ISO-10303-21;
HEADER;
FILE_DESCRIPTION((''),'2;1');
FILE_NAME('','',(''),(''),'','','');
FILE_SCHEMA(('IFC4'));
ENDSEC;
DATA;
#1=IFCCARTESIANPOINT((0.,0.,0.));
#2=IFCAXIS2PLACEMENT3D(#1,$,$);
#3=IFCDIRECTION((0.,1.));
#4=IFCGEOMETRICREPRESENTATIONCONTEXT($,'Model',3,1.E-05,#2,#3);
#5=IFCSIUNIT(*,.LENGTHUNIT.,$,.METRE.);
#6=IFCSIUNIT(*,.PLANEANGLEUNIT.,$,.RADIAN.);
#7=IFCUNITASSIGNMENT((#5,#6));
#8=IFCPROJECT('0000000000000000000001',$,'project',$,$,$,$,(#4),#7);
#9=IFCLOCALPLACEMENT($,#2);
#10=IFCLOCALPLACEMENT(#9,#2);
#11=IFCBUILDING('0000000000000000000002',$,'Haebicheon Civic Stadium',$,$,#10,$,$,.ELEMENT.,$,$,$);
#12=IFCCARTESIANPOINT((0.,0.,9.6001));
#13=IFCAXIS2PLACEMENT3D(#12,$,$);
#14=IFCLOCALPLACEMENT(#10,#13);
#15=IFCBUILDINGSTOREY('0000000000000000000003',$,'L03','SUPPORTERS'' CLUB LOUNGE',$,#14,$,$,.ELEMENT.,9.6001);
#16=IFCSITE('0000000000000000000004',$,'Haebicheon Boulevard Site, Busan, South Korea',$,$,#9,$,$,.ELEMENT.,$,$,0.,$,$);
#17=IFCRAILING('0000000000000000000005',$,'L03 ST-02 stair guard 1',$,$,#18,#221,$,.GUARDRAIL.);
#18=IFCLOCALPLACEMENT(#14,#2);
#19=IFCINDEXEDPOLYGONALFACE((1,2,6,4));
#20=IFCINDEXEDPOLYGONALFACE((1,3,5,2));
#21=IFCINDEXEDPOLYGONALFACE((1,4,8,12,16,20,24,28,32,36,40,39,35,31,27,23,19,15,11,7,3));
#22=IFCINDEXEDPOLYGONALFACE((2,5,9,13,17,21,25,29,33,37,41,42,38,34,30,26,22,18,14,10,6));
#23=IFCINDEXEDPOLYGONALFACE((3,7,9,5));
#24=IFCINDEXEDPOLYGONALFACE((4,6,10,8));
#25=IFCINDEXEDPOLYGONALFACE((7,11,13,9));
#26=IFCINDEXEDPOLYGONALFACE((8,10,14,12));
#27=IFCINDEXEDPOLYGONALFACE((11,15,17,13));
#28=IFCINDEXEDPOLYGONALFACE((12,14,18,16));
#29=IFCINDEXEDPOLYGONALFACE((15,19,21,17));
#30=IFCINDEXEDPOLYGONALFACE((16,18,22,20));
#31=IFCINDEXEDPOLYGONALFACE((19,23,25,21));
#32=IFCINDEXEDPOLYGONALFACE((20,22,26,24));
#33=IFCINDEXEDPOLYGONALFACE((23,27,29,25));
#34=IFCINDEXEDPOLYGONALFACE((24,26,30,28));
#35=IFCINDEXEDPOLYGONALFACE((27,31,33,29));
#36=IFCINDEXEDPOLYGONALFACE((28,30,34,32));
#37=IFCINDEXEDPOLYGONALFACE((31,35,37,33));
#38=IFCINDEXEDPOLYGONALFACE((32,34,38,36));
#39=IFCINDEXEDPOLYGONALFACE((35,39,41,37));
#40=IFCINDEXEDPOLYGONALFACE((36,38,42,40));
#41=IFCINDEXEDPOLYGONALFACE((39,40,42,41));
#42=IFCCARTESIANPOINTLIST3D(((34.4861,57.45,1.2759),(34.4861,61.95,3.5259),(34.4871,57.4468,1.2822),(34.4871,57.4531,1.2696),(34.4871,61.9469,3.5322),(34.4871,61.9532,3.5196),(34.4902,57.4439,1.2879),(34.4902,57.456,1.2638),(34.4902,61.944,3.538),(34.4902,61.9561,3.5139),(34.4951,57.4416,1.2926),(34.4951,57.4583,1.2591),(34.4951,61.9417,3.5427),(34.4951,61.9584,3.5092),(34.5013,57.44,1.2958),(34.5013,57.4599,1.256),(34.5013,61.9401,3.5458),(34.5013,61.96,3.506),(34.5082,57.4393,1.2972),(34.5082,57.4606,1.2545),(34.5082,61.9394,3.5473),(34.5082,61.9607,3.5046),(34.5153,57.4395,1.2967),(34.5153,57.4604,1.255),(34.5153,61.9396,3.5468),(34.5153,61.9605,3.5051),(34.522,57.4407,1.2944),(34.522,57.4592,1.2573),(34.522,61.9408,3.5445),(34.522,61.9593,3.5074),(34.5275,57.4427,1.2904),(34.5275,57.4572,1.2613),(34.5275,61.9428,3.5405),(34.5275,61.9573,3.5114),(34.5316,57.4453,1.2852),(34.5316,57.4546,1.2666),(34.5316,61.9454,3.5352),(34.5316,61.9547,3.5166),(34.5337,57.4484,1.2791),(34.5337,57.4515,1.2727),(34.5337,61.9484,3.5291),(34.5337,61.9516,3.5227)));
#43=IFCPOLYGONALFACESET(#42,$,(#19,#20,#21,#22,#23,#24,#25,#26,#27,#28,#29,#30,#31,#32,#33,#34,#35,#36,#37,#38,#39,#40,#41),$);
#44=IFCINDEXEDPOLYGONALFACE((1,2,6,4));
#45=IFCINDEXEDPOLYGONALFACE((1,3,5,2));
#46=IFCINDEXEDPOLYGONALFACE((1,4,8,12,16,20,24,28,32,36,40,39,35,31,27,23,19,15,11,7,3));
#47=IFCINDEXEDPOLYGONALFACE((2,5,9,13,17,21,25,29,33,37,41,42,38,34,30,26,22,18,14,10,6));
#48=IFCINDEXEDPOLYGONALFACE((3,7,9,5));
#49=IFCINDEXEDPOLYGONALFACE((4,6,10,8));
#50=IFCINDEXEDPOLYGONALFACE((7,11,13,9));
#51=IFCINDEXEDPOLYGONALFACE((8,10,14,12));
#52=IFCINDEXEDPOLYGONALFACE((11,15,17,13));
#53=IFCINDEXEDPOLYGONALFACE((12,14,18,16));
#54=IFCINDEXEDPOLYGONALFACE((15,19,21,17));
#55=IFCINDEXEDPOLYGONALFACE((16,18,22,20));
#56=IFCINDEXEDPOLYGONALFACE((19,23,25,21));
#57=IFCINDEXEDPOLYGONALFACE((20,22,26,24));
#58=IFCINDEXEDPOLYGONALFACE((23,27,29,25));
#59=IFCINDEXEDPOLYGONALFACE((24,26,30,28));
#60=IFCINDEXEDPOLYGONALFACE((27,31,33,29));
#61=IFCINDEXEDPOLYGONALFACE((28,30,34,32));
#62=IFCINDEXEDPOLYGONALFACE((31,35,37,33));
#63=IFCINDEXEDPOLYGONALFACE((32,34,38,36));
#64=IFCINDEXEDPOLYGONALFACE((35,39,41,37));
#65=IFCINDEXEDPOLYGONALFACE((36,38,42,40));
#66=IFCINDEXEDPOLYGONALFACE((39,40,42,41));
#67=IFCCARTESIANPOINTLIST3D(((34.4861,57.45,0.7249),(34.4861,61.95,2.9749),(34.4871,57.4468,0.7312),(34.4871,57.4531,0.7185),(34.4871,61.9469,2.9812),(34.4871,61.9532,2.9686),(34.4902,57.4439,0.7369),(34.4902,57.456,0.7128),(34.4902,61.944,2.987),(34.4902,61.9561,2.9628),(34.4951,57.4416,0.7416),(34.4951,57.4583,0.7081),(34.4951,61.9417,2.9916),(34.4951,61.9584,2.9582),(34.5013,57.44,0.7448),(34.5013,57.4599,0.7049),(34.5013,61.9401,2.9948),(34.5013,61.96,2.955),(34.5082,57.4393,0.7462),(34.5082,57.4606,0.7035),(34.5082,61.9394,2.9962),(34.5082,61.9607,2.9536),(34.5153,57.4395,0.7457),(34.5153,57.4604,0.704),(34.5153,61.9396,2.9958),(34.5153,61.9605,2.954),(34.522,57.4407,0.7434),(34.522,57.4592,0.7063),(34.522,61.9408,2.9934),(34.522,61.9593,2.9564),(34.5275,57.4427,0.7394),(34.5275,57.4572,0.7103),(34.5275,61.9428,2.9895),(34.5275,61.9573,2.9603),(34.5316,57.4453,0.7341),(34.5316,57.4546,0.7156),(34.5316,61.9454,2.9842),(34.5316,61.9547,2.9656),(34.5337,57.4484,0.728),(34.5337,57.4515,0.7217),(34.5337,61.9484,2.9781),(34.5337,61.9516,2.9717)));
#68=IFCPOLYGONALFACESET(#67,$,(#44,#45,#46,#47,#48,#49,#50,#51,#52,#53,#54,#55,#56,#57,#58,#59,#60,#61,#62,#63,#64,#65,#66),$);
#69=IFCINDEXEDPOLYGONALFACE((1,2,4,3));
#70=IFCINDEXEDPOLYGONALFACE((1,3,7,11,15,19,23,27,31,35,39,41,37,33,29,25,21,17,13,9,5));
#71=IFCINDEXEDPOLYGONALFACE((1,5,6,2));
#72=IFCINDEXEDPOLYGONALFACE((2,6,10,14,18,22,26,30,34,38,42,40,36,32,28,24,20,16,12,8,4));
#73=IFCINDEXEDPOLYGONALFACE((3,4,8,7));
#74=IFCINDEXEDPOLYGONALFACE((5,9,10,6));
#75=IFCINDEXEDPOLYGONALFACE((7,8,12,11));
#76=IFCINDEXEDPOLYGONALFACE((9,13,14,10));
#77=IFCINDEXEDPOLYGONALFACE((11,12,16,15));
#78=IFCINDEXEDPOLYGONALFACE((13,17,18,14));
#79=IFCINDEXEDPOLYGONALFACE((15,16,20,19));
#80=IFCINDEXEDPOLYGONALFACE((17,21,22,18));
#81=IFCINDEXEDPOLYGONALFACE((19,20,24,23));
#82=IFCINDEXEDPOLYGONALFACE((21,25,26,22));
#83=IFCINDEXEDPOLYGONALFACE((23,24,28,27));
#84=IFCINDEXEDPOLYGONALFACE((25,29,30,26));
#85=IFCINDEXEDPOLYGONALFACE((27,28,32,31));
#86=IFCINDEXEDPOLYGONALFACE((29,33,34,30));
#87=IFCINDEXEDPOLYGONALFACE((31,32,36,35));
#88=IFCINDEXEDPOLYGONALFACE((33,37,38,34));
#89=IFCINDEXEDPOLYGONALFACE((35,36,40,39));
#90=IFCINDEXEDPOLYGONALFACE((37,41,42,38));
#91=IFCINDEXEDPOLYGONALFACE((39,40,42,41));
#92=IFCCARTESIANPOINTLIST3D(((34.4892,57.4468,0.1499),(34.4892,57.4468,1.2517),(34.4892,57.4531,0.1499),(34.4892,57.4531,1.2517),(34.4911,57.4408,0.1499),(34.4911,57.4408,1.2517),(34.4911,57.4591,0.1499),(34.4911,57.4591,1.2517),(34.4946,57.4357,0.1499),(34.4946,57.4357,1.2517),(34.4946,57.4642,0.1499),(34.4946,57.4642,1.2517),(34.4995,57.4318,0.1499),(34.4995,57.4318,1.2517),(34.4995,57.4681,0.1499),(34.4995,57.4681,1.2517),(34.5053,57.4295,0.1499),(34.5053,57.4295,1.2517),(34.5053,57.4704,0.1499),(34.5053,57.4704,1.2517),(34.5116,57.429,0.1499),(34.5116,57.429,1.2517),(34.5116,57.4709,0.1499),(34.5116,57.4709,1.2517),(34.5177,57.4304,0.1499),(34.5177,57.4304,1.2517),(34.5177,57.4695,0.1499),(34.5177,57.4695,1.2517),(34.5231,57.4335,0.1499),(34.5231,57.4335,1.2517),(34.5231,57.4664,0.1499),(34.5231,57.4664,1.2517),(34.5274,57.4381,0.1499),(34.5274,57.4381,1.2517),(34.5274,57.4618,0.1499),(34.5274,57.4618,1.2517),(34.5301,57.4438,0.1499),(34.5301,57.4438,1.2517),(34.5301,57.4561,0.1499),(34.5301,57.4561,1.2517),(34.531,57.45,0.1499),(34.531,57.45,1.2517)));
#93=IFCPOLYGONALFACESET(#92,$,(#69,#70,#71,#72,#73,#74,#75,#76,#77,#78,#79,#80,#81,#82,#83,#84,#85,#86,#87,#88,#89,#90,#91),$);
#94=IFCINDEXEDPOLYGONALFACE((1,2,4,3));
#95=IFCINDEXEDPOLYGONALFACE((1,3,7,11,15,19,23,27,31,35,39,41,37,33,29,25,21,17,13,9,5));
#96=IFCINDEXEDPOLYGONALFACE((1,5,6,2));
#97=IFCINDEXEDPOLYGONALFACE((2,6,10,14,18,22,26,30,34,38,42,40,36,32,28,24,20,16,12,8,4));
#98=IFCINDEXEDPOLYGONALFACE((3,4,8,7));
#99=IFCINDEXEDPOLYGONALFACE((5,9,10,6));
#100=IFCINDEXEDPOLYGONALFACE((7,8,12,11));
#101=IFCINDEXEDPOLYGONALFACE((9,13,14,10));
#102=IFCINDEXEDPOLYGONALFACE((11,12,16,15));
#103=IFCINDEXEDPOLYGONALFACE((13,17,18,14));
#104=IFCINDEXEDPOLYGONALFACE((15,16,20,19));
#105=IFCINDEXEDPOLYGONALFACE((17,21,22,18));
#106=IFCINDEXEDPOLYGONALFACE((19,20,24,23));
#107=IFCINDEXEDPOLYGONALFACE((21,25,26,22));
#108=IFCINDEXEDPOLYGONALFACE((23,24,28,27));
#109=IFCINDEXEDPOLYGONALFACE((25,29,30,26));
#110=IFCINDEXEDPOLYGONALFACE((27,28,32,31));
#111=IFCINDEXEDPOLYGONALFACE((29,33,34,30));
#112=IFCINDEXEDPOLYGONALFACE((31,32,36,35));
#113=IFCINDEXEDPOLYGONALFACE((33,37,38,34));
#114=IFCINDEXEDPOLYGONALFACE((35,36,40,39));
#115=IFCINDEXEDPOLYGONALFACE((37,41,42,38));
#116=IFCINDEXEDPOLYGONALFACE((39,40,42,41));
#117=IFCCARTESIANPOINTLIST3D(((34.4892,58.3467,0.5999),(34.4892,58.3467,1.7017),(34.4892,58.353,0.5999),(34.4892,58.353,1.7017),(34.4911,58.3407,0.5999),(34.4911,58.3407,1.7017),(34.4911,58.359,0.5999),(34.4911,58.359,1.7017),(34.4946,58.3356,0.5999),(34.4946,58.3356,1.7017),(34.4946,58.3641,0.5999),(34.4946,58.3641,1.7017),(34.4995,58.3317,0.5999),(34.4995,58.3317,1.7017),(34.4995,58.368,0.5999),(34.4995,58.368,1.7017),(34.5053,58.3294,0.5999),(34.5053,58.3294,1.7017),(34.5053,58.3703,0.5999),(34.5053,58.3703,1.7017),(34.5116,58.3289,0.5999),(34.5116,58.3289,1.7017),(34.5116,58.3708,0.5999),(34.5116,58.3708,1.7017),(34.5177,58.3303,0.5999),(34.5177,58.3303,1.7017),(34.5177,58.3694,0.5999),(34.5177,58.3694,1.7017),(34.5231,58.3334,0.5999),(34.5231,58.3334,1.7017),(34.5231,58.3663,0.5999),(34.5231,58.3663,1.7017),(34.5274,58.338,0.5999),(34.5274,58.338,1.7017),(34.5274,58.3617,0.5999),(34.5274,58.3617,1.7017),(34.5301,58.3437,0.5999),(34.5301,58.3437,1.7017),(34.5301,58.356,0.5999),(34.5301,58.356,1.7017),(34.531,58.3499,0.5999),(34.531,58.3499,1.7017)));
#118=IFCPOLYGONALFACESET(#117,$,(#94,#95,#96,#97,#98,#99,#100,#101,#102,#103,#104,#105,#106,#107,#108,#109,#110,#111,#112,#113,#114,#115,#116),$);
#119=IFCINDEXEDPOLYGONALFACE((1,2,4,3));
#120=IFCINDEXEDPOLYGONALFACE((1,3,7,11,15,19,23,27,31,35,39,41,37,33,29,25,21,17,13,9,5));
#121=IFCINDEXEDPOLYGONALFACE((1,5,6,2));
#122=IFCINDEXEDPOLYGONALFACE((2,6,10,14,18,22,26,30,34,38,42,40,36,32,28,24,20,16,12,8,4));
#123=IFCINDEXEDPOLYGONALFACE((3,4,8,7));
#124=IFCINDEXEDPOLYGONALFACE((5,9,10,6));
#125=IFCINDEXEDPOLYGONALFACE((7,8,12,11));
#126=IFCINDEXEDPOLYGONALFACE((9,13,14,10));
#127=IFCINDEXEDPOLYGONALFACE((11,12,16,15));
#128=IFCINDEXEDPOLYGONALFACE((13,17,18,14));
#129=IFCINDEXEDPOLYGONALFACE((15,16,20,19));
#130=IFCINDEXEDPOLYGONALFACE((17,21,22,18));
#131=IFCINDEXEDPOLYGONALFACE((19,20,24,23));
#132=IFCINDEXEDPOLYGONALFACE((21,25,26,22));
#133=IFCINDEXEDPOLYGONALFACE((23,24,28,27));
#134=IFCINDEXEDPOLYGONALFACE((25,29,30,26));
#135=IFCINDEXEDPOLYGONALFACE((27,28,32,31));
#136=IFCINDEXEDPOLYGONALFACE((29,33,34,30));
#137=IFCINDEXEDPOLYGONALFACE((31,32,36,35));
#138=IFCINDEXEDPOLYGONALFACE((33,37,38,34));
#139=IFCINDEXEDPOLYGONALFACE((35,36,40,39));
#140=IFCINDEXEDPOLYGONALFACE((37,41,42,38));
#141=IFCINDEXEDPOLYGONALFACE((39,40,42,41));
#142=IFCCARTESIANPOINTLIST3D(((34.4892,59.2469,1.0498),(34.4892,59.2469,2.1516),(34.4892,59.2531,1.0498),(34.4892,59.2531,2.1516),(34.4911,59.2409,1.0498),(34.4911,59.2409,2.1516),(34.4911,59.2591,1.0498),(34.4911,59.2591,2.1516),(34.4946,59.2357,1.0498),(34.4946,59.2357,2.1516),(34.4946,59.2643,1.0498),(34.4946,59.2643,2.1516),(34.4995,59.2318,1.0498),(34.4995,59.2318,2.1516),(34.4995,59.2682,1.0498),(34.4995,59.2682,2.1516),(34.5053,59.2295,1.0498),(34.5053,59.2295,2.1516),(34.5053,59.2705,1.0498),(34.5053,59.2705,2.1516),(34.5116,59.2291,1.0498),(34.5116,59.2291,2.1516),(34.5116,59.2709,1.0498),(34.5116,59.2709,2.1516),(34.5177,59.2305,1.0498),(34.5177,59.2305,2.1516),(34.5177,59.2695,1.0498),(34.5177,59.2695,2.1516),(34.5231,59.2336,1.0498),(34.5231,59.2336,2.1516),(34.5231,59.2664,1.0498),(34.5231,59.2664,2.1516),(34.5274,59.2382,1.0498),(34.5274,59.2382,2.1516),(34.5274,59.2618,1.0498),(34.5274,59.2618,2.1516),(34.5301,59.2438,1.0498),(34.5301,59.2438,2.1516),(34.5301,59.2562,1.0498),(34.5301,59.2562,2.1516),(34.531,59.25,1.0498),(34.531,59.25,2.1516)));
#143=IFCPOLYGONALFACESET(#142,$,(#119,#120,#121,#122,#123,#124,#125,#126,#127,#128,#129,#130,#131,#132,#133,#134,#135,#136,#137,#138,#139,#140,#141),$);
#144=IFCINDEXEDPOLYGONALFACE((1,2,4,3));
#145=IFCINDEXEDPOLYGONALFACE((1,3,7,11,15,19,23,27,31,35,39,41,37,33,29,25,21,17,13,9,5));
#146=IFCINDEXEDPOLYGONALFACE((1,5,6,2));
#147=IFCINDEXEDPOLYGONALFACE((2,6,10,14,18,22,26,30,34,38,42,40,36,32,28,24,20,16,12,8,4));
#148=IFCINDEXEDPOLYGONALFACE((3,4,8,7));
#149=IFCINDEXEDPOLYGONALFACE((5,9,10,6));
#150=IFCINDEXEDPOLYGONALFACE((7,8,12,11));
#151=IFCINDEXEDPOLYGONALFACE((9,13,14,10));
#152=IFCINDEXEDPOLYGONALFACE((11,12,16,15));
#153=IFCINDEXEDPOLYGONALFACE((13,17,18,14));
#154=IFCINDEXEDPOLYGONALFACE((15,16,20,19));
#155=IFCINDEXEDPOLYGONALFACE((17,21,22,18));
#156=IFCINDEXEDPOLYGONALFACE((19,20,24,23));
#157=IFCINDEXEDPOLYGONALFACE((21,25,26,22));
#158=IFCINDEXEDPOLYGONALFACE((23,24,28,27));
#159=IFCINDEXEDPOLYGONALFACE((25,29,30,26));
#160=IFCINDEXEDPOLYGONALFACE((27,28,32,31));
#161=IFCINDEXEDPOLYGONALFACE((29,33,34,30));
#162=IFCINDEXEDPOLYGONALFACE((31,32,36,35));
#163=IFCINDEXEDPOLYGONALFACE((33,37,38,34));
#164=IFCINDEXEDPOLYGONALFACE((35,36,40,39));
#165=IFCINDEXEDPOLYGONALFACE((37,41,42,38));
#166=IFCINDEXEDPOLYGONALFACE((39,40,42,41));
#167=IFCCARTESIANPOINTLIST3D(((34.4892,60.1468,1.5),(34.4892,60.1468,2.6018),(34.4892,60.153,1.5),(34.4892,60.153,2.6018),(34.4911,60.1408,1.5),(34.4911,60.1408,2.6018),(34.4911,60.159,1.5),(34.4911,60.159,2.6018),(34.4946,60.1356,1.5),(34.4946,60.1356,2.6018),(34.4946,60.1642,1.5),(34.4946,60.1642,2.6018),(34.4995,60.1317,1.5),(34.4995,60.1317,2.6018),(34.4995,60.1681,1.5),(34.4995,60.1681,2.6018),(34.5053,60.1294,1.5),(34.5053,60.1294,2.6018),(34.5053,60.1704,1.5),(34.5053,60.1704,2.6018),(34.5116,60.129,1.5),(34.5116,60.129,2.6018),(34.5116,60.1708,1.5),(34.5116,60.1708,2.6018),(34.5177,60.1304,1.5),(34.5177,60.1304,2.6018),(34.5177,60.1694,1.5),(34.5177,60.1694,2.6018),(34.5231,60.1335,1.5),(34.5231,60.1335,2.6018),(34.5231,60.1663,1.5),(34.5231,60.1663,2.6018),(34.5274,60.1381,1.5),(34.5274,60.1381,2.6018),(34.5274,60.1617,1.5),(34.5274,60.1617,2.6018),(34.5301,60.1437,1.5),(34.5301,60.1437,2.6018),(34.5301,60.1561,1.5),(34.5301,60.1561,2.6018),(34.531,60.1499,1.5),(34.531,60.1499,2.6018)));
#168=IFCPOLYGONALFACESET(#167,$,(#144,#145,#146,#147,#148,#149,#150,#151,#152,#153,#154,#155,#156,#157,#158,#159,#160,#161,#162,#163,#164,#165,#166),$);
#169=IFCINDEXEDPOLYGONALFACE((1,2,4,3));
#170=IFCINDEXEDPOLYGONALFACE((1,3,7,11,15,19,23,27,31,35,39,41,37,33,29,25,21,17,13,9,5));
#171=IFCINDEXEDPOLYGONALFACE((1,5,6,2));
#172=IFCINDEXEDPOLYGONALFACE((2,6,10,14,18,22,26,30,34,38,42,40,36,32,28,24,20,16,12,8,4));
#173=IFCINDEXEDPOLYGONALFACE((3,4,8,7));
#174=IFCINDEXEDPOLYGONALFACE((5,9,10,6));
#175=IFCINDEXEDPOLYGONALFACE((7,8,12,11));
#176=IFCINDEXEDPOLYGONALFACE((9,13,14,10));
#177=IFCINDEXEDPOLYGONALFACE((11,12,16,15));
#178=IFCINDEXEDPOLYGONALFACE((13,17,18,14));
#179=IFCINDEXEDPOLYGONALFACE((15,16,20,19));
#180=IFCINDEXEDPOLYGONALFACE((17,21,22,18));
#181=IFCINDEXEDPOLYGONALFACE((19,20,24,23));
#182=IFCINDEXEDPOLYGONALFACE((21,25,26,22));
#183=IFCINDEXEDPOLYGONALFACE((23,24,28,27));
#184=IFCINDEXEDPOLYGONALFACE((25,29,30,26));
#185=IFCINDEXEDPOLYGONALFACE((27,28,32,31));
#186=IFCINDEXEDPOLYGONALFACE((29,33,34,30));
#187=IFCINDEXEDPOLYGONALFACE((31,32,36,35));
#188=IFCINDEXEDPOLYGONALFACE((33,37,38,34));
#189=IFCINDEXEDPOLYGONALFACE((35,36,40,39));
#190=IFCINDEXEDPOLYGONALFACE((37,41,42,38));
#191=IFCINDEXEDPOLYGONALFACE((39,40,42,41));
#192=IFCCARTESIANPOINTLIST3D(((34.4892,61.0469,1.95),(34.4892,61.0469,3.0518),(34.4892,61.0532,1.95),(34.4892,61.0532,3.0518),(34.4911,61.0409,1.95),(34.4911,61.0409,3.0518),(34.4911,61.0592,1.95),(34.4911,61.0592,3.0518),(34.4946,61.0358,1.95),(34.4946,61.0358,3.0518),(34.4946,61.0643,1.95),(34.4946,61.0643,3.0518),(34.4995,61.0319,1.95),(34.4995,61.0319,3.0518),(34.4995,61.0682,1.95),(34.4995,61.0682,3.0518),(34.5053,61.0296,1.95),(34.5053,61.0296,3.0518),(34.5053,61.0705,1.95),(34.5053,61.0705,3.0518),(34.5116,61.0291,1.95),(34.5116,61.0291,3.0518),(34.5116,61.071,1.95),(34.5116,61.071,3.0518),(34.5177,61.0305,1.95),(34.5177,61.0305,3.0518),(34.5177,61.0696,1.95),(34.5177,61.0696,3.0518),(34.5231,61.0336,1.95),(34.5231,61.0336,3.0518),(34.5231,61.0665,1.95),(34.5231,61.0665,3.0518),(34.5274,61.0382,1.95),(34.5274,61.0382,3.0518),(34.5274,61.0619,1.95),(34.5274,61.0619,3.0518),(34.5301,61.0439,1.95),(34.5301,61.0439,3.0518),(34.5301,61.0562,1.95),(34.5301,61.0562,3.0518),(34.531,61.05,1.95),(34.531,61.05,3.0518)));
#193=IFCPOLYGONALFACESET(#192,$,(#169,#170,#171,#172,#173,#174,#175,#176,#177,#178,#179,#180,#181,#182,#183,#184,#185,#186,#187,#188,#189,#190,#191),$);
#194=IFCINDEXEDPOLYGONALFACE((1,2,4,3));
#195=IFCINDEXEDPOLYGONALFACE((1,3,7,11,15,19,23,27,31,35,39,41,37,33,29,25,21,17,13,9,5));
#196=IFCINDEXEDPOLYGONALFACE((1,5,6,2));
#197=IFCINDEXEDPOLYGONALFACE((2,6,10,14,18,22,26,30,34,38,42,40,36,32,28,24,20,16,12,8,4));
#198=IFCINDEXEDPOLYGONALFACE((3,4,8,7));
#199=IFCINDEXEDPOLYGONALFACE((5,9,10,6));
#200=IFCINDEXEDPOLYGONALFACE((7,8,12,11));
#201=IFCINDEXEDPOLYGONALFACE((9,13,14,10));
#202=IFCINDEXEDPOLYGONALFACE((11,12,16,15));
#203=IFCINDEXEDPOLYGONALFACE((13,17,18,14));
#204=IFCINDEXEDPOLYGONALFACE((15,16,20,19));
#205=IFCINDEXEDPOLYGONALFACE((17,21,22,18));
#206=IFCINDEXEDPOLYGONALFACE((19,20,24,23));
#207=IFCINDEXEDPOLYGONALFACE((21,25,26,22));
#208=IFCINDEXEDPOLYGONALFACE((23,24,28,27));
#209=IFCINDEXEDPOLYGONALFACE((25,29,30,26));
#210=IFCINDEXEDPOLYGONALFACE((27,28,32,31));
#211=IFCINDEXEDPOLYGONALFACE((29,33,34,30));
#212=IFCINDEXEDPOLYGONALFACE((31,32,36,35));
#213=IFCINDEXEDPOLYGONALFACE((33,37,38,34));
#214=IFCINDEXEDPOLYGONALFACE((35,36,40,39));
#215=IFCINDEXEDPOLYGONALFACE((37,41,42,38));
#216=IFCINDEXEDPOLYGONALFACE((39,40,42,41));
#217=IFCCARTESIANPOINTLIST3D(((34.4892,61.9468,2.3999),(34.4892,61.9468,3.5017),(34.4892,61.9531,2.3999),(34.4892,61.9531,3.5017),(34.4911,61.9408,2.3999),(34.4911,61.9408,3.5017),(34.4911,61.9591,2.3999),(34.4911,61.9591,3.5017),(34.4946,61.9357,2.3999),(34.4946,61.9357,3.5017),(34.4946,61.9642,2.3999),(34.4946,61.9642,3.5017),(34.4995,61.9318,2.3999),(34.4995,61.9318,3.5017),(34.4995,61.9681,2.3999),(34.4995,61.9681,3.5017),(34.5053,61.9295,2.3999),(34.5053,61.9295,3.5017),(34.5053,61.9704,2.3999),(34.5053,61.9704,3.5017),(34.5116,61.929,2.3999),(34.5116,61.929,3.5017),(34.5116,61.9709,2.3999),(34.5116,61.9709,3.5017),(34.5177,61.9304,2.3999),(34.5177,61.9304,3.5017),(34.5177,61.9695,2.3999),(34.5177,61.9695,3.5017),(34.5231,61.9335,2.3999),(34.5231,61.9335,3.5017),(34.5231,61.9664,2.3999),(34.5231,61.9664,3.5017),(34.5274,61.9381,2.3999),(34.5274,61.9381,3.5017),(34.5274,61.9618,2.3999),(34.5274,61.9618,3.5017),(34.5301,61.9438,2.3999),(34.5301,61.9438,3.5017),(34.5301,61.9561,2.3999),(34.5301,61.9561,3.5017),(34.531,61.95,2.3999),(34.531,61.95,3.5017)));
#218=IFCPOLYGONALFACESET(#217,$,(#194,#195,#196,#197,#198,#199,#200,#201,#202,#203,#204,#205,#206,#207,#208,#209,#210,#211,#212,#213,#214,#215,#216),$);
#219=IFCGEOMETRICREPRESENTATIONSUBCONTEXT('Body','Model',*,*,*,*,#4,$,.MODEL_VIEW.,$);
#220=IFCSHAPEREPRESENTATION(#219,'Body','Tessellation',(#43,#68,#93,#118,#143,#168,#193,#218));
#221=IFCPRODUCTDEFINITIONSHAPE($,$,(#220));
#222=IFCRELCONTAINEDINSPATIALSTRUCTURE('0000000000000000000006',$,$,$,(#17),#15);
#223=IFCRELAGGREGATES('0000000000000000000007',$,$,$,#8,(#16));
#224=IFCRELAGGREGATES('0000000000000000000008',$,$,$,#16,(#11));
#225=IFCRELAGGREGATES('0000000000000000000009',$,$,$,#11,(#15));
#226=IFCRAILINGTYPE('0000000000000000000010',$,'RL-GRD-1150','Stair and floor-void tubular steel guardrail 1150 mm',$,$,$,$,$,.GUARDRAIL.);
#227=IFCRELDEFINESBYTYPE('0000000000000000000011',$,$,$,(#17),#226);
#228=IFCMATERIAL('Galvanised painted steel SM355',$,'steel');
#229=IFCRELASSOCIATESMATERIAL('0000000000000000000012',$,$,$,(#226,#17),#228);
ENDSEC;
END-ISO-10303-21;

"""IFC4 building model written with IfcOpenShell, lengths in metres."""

from ifc_helpers import new_model, si_unit, direction, frame, origin, origin_2d, place, context, subcontext, project, spatial, circle, extrude, material, type_object, element, save


model = new_model("IFC4")

# Units and contexts
model_context = context("Model", 3, precision=1e-05, world=origin(), true_north=direction((0.0, 1.0)))
body_context = subcontext(model_context, "Body", "Model", "MODEL_VIEW")
ifc_project = project(units=[si_unit("LENGTHUNIT", "METRE"), si_unit("PLANEANGLEUNIT", "RADIAN")], contexts=[model_context])

# Site, building, storey
site_placement = place(None, origin())
site = spatial("IfcSite", under=ifc_project, at=site_placement, Name="Haebicheon Boulevard Site, Busan, South Korea", CompositionType="ELEMENT", RefElevation=0.0)
building_placement = place(site_placement, origin())
building = spatial("IfcBuilding", under=site, at=building_placement, Name="Haebicheon Civic Stadium", CompositionType="ELEMENT")
storey_placement = place(building_placement, frame((0.0, 0.0, 9.6001)))
storey = spatial("IfcBuildingStorey", under=building, at=storey_placement, Name="L03", Description="SUPPORTERS' CLUB LOUNGE", CompositionType="ELEMENT", Elevation=9.6001)

# Railing
ifc_material_1 = material(Name="Galvanised painted steel SM355", Category="steel")
railing_type_1 = type_object("IfcRailingType", Name="RL-GRD-1150", Description="Stair and floor-void tubular steel guardrail 1150 mm", PredefinedType="GUARDRAIL", material=ifc_material_1)
railing_1_placement = place(storey_placement, frame((34.51, 57.45, 0.1499)))
element("IfcRailing", 1, at=railing_1_placement, inside=storey, type_object=railing_type_1, material=ifc_material_1, Name="L03 ST-02 stair guard 1", PredefinedType="GUARDRAIL", context=body_context, shape_type="SweptSolid", body=[
    extrude(circle(Radius=0.0239, at=origin_2d()), frame((0.0, 0.0, 1.126), z_axis=(0.0, 0.894427, 0.447214), x_axis=(-1.0, 0.0, 0.0)), (0.0, 0.0, 1.0), 5.0312),
    extrude(circle(Radius=0.0239, at=origin_2d()), frame((0.0, 0.0, 0.575), z_axis=(0.0, 0.894427, 0.447214), x_axis=(-1.0, 0.0, 0.0)), (0.0, 0.0, 1.0), 5.0312),
    extrude(circle(Radius=0.021, at=origin_2d()), origin(), (0.0, 0.0, 1.0), 1.1018),
    extrude(circle(Radius=0.021, at=origin_2d()), frame((0.0, 0.8999, 0.45)), (0.0, 0.0, 1.0), 1.1018),
    extrude(circle(Radius=0.021, at=origin_2d()), frame((0.0, 1.8, 0.8999)), (0.0, 0.0, 1.0), 1.1018),
    extrude(circle(Radius=0.021, at=origin_2d()), frame((0.0, 2.7, 1.3501)), (0.0, 0.0, 1.0), 1.1018),
    extrude(circle(Radius=0.021, at=origin_2d()), frame((0.0, 3.6001, 1.8)), (0.0, 0.0, 1.0), 1.1018),
    extrude(circle(Radius=0.021, at=origin_2d()), frame((0.0, 4.5, 2.25)), (0.0, 0.0, 1.0), 1.1018),
])

save(model, "model.ifc")
